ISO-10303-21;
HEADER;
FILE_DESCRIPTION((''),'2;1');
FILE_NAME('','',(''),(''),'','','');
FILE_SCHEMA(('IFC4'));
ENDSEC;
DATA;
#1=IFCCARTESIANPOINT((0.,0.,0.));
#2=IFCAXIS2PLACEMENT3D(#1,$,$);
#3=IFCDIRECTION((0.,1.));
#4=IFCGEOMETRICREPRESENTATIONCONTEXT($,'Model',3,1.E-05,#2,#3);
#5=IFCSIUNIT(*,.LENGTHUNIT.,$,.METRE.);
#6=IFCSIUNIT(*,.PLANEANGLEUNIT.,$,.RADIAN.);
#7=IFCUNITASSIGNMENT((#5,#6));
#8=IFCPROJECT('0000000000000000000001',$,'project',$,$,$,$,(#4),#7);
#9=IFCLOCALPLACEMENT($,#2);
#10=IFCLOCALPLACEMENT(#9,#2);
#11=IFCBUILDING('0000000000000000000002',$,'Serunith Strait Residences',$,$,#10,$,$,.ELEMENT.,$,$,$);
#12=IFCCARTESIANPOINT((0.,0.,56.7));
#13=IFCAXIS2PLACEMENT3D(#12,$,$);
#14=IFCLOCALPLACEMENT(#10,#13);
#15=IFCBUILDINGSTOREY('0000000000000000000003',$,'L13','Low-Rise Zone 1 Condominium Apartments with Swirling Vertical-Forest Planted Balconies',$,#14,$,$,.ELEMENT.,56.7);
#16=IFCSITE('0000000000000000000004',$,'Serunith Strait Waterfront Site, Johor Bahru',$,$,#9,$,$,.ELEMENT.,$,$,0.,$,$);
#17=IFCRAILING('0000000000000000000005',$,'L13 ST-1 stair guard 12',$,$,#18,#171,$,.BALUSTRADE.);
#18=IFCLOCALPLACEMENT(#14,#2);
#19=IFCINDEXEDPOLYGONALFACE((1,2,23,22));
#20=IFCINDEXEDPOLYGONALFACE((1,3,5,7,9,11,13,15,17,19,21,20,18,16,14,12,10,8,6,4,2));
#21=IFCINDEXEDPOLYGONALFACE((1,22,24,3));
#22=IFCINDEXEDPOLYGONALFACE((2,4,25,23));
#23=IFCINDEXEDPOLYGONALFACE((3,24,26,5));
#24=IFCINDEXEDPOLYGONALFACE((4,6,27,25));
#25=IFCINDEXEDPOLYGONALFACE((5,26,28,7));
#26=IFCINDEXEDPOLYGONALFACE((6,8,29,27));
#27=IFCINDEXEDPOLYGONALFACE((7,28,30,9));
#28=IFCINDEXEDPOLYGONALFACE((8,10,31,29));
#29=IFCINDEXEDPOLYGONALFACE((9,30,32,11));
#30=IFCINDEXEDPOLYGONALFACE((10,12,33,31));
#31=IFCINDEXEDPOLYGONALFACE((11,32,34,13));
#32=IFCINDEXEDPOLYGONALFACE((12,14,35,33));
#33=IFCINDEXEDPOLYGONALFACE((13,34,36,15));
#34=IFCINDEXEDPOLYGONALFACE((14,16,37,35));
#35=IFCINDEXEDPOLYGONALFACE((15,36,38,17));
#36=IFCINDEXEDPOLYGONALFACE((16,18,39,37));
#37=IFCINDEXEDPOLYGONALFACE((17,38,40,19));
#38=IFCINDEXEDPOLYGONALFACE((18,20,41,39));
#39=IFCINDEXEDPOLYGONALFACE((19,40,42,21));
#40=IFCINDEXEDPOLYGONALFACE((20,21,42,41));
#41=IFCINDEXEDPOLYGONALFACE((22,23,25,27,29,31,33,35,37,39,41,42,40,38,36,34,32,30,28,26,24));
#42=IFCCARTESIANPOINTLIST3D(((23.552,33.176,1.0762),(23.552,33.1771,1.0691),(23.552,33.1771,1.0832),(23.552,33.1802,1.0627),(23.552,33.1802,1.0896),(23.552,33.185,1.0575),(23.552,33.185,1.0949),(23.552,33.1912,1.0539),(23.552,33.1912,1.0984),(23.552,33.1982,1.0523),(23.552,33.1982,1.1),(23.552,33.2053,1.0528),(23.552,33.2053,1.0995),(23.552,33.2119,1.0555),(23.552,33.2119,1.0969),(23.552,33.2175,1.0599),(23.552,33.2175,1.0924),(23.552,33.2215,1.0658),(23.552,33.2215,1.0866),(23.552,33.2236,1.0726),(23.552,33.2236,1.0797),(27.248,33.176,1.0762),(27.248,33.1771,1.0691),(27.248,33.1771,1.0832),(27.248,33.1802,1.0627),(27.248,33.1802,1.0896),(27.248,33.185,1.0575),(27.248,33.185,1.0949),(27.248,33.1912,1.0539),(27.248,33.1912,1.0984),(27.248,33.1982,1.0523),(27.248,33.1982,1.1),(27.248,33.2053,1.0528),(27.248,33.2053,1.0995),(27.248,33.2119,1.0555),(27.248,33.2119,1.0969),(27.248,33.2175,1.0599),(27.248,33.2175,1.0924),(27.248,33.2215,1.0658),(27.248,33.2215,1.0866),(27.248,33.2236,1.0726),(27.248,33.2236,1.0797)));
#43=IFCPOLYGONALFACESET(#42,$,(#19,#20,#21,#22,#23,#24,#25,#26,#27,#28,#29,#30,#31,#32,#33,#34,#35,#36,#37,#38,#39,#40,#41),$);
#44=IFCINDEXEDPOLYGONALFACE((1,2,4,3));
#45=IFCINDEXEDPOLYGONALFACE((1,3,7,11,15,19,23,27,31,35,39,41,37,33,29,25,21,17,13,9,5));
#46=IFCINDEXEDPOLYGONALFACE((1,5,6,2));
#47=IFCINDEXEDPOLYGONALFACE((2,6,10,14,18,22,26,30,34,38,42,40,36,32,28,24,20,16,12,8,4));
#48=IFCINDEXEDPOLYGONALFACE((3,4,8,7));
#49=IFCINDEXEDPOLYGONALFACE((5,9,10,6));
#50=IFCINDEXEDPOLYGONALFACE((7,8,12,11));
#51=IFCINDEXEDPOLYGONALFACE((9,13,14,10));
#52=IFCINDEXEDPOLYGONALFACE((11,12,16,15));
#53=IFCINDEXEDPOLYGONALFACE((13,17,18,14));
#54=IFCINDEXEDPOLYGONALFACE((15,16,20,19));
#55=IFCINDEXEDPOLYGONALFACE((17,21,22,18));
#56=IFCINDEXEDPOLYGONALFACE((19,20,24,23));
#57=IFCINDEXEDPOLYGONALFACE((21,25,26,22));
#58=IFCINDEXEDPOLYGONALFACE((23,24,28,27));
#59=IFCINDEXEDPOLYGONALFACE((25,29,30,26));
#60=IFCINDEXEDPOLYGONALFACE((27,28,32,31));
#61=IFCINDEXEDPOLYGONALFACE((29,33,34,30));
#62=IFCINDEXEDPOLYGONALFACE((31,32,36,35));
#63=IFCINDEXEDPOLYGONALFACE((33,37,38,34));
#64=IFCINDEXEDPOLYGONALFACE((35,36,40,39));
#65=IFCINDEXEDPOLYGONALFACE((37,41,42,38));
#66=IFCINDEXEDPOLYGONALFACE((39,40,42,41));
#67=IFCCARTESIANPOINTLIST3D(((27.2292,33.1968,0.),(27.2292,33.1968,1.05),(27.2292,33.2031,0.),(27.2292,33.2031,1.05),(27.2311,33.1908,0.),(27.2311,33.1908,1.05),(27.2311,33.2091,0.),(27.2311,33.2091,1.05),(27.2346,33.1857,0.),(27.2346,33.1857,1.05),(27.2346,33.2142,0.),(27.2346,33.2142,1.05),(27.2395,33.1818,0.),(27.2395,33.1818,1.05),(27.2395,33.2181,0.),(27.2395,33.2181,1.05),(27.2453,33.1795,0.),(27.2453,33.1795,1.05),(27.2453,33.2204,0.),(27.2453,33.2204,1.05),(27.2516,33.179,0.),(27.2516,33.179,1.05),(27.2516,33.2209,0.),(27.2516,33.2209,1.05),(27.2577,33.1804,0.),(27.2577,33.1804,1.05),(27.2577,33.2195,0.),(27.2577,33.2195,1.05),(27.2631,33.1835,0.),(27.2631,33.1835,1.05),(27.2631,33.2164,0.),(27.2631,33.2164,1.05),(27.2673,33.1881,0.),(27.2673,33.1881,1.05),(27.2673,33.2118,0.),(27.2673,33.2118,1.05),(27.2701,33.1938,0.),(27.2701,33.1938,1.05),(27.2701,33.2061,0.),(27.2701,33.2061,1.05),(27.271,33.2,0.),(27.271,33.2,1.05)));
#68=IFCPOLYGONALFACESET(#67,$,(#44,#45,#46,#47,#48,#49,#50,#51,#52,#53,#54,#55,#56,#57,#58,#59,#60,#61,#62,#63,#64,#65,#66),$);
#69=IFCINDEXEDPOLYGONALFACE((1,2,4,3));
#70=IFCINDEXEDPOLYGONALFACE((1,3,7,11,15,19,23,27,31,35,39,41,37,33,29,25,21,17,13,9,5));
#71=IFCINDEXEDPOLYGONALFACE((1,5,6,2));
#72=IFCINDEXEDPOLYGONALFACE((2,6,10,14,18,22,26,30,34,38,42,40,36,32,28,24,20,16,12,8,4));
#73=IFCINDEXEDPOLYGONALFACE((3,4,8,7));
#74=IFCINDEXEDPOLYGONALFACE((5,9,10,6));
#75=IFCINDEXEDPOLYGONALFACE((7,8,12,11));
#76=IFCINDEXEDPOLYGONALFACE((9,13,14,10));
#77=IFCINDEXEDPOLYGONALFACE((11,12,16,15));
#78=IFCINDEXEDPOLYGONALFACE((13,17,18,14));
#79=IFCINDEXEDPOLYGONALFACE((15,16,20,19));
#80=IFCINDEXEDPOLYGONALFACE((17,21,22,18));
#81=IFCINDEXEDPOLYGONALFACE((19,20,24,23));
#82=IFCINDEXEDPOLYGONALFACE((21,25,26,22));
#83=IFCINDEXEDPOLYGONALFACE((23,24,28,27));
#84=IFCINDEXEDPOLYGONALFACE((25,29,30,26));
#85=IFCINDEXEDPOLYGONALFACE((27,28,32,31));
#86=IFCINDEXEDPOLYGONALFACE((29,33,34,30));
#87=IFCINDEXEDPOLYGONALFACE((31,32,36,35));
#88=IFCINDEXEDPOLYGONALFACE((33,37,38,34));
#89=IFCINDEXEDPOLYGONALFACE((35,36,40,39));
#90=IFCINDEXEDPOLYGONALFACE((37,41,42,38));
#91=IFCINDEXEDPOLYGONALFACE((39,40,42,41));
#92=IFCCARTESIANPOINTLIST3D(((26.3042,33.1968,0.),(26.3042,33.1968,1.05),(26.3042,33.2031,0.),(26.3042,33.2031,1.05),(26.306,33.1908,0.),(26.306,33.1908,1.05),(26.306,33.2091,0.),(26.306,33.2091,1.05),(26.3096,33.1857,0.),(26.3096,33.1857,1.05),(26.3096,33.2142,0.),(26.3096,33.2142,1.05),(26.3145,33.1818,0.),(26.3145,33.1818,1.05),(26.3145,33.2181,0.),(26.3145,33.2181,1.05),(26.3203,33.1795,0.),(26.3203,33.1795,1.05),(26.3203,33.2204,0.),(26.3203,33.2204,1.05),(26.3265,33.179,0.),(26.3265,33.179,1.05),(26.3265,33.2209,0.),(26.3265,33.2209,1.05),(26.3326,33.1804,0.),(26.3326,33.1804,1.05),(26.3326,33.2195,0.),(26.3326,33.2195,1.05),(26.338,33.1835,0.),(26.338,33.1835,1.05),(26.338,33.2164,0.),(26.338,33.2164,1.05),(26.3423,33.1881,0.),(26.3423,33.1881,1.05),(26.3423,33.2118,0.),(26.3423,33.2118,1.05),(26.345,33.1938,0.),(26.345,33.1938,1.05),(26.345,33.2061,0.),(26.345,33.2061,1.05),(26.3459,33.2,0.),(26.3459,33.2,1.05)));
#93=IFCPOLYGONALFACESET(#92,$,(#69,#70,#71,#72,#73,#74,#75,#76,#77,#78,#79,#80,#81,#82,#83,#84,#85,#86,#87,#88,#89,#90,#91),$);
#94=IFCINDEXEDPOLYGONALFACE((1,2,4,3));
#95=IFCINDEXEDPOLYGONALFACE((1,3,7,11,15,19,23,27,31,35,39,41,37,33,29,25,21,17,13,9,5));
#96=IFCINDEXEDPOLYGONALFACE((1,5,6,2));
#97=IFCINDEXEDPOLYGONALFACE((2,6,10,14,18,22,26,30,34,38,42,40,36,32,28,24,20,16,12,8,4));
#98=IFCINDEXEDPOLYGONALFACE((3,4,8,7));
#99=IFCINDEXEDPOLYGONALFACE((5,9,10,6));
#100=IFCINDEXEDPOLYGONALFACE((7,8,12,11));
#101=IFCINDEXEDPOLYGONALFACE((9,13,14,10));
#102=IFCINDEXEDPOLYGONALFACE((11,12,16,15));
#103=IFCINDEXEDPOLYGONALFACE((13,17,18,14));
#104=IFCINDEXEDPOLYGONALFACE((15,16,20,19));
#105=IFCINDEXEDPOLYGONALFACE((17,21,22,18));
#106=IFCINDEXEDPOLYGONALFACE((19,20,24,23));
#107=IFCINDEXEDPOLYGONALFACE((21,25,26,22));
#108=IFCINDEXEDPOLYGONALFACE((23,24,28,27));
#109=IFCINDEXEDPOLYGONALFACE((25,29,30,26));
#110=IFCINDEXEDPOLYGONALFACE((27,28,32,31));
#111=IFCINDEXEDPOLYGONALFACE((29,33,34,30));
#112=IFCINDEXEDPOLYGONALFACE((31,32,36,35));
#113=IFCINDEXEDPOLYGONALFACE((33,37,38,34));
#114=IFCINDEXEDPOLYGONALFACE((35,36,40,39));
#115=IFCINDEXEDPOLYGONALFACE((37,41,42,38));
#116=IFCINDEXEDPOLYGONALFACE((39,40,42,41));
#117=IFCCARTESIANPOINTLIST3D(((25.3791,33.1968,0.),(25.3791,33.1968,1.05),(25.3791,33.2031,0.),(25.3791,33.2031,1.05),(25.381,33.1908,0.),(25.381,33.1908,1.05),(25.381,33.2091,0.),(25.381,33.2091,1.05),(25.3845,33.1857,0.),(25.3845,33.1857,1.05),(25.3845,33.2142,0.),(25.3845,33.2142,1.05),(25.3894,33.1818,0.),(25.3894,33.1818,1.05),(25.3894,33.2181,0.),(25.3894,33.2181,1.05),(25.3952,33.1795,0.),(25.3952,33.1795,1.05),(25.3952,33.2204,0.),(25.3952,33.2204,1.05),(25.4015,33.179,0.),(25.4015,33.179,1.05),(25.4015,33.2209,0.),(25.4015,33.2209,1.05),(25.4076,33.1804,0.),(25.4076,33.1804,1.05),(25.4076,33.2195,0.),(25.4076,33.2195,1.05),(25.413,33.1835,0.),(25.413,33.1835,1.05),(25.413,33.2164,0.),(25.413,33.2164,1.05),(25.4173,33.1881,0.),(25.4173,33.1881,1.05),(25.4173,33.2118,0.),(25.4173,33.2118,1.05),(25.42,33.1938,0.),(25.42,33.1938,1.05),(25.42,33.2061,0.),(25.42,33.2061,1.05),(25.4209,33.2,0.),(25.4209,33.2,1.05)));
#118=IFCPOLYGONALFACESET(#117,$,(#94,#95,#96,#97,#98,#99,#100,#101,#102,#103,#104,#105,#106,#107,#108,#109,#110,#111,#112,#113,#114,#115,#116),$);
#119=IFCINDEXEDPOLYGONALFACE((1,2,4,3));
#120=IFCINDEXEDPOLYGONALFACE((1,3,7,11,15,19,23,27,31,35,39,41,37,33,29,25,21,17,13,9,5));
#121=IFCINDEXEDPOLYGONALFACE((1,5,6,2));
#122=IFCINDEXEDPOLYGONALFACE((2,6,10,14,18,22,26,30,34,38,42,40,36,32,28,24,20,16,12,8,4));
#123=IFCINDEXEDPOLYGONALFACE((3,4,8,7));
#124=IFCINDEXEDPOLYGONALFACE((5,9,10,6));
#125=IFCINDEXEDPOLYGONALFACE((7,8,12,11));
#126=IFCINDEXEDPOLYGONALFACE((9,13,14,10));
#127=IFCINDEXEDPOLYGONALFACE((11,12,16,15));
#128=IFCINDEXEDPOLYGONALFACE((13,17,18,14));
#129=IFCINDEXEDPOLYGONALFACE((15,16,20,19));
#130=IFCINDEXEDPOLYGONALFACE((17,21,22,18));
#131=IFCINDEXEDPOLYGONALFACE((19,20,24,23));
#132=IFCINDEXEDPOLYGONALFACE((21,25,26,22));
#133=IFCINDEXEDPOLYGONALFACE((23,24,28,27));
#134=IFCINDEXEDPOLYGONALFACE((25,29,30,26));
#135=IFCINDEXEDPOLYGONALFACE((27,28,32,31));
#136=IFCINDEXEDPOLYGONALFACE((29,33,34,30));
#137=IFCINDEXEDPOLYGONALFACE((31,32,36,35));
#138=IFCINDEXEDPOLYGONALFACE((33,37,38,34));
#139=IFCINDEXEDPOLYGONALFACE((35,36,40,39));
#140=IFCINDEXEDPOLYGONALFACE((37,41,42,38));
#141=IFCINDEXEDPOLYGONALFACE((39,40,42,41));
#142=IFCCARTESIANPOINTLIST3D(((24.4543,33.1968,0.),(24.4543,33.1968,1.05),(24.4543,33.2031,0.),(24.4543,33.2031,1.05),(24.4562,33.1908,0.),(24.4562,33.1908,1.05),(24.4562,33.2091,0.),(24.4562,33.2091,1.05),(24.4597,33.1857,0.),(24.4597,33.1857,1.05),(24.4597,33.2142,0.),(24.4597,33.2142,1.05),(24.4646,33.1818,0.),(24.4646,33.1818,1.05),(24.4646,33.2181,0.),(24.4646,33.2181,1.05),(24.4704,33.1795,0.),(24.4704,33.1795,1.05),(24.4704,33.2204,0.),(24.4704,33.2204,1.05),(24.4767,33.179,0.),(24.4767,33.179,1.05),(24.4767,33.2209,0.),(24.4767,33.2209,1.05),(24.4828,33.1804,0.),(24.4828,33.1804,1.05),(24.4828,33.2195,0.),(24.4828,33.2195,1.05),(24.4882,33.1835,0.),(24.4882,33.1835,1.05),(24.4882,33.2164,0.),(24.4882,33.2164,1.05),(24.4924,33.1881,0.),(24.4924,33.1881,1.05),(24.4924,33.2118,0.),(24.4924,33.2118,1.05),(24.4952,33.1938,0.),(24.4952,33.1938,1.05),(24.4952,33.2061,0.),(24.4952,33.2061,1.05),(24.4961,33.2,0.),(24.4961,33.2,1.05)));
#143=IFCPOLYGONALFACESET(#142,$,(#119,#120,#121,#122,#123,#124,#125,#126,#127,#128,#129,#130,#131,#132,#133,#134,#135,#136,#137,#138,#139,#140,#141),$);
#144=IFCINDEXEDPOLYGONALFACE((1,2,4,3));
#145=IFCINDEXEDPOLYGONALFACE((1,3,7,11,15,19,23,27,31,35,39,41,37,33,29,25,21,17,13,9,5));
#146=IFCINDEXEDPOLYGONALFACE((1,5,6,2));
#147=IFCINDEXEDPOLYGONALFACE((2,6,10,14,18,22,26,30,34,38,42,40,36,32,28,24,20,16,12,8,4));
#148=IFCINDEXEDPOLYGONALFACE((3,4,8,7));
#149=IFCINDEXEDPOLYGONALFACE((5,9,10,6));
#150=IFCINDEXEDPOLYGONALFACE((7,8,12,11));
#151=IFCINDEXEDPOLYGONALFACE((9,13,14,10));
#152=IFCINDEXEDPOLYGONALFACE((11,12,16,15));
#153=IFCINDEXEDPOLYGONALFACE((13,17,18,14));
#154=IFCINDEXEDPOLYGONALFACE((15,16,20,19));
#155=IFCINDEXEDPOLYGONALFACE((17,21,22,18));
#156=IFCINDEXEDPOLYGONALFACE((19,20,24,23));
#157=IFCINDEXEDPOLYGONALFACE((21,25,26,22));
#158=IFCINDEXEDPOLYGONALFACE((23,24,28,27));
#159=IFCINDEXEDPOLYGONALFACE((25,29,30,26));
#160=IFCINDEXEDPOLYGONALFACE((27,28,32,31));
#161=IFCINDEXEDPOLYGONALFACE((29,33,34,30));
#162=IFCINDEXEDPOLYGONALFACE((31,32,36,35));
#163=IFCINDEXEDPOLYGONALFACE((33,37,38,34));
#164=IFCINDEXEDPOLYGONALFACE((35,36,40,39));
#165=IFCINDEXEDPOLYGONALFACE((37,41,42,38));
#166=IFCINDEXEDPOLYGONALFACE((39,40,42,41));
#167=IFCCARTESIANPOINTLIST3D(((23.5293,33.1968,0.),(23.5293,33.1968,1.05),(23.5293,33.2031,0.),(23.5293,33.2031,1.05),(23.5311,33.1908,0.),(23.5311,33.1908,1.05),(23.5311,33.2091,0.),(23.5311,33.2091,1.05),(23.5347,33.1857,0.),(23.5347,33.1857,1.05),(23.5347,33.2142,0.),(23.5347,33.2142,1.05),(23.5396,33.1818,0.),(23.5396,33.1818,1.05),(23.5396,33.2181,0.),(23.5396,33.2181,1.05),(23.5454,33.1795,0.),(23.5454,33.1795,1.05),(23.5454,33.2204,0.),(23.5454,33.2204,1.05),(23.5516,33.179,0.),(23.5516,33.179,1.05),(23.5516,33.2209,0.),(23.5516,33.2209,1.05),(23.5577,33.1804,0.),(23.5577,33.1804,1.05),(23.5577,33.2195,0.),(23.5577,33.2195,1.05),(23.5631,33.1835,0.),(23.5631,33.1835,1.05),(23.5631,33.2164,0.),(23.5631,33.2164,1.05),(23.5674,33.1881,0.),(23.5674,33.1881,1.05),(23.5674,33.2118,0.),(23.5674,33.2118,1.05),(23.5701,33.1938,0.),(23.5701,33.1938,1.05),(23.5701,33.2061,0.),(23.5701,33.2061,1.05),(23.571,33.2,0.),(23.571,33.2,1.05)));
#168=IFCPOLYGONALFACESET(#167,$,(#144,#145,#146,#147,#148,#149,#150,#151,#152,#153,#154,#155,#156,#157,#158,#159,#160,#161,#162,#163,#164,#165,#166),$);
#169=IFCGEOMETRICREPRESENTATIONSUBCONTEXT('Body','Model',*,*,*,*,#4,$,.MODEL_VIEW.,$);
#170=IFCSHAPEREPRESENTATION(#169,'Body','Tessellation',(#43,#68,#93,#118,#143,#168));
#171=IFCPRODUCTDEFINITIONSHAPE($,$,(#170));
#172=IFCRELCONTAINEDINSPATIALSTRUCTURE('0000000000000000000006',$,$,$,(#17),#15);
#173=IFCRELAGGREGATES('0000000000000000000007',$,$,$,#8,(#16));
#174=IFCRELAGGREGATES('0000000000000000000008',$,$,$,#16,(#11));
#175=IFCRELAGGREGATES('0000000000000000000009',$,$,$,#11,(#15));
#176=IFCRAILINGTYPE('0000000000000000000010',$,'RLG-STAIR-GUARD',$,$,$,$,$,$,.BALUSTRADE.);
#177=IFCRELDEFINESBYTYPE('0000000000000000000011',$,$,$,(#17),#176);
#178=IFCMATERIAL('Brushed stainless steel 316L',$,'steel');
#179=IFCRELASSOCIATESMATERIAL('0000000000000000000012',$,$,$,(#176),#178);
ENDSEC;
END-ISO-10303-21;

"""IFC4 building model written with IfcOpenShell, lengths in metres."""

from ifc_helpers import new_model, si_unit, direction, frame, origin, origin_2d, place, context, subcontext, project, spatial, circle, extrude, material, type_object, element, save


model = new_model("IFC4")

# Units and contexts
model_context = context("Model", 3, precision=1e-05, world=origin(), true_north=direction((0.0, 1.0)))
body_context = subcontext(model_context, "Body", "Model", "MODEL_VIEW")
ifc_project = project(units=[si_unit("LENGTHUNIT", "METRE"), si_unit("PLANEANGLEUNIT", "RADIAN")], contexts=[model_context])

# Site, building, storey
site_placement = place(None, origin())
site = spatial("IfcSite", under=ifc_project, at=site_placement, Name="Serunith Strait Waterfront Site, Johor Bahru", CompositionType="ELEMENT", RefElevation=0.0)
building_placement = place(site_placement, origin())
building = spatial("IfcBuilding", under=site, at=building_placement, Name="Serunith Strait Residences", CompositionType="ELEMENT")
storey_placement = place(building_placement, frame((0.0, 0.0, 56.7)))
storey = spatial("IfcBuildingStorey", under=building, at=storey_placement, Name="L13", Description="Low-Rise Zone 1 Condominium Apartments with Swirling Vertical-Forest Planted Balconies", CompositionType="ELEMENT", Elevation=56.7)

# Railing
ifc_material_1 = material(Name="Brushed stainless steel 316L", Category="steel")
railing_type_1 = type_object("IfcRailingType", Name="RLG-STAIR-GUARD", PredefinedType="BALUSTRADE", material=ifc_material_1)
railing_1_placement = place(storey_placement, frame((27.25, 33.2, 0.0)))
element("IfcRailing", 1, at=railing_1_placement, inside=storey, type_object=railing_type_1, Name="L13 ST-1 stair guard 12", PredefinedType="BALUSTRADE", context=body_context, shape_type="SweptSolid", body=[
    extrude(circle(Radius=0.0239, at=origin_2d()), frame((-0.002, 0.0, 1.0762), z_axis=(-1.0, 0.0, 0.0), x_axis=(0.0, -1.0, 0.0)), (0.0, 0.0, 1.0), 3.696),
    extrude(circle(Radius=0.021, at=origin_2d()), origin(), (0.0, 0.0, 1.0), 1.05),
    extrude(circle(Radius=0.021, at=origin_2d()), frame((-0.925, 0.0, 0.0)), (0.0, 0.0, 1.0), 1.05),
    extrude(circle(Radius=0.021, at=origin_2d()), frame((-1.8501, 0.0, 0.0)), (0.0, 0.0, 1.0), 1.05),
    extrude(circle(Radius=0.021, at=origin_2d()), frame((-2.7749, 0.0, 0.0)), (0.0, 0.0, 1.0), 1.05),
    extrude(circle(Radius=0.021, at=origin_2d()), frame((-3.7, 0.0, 0.0)), (0.0, 0.0, 1.0), 1.05),
])

save(model, "model.ifc")
